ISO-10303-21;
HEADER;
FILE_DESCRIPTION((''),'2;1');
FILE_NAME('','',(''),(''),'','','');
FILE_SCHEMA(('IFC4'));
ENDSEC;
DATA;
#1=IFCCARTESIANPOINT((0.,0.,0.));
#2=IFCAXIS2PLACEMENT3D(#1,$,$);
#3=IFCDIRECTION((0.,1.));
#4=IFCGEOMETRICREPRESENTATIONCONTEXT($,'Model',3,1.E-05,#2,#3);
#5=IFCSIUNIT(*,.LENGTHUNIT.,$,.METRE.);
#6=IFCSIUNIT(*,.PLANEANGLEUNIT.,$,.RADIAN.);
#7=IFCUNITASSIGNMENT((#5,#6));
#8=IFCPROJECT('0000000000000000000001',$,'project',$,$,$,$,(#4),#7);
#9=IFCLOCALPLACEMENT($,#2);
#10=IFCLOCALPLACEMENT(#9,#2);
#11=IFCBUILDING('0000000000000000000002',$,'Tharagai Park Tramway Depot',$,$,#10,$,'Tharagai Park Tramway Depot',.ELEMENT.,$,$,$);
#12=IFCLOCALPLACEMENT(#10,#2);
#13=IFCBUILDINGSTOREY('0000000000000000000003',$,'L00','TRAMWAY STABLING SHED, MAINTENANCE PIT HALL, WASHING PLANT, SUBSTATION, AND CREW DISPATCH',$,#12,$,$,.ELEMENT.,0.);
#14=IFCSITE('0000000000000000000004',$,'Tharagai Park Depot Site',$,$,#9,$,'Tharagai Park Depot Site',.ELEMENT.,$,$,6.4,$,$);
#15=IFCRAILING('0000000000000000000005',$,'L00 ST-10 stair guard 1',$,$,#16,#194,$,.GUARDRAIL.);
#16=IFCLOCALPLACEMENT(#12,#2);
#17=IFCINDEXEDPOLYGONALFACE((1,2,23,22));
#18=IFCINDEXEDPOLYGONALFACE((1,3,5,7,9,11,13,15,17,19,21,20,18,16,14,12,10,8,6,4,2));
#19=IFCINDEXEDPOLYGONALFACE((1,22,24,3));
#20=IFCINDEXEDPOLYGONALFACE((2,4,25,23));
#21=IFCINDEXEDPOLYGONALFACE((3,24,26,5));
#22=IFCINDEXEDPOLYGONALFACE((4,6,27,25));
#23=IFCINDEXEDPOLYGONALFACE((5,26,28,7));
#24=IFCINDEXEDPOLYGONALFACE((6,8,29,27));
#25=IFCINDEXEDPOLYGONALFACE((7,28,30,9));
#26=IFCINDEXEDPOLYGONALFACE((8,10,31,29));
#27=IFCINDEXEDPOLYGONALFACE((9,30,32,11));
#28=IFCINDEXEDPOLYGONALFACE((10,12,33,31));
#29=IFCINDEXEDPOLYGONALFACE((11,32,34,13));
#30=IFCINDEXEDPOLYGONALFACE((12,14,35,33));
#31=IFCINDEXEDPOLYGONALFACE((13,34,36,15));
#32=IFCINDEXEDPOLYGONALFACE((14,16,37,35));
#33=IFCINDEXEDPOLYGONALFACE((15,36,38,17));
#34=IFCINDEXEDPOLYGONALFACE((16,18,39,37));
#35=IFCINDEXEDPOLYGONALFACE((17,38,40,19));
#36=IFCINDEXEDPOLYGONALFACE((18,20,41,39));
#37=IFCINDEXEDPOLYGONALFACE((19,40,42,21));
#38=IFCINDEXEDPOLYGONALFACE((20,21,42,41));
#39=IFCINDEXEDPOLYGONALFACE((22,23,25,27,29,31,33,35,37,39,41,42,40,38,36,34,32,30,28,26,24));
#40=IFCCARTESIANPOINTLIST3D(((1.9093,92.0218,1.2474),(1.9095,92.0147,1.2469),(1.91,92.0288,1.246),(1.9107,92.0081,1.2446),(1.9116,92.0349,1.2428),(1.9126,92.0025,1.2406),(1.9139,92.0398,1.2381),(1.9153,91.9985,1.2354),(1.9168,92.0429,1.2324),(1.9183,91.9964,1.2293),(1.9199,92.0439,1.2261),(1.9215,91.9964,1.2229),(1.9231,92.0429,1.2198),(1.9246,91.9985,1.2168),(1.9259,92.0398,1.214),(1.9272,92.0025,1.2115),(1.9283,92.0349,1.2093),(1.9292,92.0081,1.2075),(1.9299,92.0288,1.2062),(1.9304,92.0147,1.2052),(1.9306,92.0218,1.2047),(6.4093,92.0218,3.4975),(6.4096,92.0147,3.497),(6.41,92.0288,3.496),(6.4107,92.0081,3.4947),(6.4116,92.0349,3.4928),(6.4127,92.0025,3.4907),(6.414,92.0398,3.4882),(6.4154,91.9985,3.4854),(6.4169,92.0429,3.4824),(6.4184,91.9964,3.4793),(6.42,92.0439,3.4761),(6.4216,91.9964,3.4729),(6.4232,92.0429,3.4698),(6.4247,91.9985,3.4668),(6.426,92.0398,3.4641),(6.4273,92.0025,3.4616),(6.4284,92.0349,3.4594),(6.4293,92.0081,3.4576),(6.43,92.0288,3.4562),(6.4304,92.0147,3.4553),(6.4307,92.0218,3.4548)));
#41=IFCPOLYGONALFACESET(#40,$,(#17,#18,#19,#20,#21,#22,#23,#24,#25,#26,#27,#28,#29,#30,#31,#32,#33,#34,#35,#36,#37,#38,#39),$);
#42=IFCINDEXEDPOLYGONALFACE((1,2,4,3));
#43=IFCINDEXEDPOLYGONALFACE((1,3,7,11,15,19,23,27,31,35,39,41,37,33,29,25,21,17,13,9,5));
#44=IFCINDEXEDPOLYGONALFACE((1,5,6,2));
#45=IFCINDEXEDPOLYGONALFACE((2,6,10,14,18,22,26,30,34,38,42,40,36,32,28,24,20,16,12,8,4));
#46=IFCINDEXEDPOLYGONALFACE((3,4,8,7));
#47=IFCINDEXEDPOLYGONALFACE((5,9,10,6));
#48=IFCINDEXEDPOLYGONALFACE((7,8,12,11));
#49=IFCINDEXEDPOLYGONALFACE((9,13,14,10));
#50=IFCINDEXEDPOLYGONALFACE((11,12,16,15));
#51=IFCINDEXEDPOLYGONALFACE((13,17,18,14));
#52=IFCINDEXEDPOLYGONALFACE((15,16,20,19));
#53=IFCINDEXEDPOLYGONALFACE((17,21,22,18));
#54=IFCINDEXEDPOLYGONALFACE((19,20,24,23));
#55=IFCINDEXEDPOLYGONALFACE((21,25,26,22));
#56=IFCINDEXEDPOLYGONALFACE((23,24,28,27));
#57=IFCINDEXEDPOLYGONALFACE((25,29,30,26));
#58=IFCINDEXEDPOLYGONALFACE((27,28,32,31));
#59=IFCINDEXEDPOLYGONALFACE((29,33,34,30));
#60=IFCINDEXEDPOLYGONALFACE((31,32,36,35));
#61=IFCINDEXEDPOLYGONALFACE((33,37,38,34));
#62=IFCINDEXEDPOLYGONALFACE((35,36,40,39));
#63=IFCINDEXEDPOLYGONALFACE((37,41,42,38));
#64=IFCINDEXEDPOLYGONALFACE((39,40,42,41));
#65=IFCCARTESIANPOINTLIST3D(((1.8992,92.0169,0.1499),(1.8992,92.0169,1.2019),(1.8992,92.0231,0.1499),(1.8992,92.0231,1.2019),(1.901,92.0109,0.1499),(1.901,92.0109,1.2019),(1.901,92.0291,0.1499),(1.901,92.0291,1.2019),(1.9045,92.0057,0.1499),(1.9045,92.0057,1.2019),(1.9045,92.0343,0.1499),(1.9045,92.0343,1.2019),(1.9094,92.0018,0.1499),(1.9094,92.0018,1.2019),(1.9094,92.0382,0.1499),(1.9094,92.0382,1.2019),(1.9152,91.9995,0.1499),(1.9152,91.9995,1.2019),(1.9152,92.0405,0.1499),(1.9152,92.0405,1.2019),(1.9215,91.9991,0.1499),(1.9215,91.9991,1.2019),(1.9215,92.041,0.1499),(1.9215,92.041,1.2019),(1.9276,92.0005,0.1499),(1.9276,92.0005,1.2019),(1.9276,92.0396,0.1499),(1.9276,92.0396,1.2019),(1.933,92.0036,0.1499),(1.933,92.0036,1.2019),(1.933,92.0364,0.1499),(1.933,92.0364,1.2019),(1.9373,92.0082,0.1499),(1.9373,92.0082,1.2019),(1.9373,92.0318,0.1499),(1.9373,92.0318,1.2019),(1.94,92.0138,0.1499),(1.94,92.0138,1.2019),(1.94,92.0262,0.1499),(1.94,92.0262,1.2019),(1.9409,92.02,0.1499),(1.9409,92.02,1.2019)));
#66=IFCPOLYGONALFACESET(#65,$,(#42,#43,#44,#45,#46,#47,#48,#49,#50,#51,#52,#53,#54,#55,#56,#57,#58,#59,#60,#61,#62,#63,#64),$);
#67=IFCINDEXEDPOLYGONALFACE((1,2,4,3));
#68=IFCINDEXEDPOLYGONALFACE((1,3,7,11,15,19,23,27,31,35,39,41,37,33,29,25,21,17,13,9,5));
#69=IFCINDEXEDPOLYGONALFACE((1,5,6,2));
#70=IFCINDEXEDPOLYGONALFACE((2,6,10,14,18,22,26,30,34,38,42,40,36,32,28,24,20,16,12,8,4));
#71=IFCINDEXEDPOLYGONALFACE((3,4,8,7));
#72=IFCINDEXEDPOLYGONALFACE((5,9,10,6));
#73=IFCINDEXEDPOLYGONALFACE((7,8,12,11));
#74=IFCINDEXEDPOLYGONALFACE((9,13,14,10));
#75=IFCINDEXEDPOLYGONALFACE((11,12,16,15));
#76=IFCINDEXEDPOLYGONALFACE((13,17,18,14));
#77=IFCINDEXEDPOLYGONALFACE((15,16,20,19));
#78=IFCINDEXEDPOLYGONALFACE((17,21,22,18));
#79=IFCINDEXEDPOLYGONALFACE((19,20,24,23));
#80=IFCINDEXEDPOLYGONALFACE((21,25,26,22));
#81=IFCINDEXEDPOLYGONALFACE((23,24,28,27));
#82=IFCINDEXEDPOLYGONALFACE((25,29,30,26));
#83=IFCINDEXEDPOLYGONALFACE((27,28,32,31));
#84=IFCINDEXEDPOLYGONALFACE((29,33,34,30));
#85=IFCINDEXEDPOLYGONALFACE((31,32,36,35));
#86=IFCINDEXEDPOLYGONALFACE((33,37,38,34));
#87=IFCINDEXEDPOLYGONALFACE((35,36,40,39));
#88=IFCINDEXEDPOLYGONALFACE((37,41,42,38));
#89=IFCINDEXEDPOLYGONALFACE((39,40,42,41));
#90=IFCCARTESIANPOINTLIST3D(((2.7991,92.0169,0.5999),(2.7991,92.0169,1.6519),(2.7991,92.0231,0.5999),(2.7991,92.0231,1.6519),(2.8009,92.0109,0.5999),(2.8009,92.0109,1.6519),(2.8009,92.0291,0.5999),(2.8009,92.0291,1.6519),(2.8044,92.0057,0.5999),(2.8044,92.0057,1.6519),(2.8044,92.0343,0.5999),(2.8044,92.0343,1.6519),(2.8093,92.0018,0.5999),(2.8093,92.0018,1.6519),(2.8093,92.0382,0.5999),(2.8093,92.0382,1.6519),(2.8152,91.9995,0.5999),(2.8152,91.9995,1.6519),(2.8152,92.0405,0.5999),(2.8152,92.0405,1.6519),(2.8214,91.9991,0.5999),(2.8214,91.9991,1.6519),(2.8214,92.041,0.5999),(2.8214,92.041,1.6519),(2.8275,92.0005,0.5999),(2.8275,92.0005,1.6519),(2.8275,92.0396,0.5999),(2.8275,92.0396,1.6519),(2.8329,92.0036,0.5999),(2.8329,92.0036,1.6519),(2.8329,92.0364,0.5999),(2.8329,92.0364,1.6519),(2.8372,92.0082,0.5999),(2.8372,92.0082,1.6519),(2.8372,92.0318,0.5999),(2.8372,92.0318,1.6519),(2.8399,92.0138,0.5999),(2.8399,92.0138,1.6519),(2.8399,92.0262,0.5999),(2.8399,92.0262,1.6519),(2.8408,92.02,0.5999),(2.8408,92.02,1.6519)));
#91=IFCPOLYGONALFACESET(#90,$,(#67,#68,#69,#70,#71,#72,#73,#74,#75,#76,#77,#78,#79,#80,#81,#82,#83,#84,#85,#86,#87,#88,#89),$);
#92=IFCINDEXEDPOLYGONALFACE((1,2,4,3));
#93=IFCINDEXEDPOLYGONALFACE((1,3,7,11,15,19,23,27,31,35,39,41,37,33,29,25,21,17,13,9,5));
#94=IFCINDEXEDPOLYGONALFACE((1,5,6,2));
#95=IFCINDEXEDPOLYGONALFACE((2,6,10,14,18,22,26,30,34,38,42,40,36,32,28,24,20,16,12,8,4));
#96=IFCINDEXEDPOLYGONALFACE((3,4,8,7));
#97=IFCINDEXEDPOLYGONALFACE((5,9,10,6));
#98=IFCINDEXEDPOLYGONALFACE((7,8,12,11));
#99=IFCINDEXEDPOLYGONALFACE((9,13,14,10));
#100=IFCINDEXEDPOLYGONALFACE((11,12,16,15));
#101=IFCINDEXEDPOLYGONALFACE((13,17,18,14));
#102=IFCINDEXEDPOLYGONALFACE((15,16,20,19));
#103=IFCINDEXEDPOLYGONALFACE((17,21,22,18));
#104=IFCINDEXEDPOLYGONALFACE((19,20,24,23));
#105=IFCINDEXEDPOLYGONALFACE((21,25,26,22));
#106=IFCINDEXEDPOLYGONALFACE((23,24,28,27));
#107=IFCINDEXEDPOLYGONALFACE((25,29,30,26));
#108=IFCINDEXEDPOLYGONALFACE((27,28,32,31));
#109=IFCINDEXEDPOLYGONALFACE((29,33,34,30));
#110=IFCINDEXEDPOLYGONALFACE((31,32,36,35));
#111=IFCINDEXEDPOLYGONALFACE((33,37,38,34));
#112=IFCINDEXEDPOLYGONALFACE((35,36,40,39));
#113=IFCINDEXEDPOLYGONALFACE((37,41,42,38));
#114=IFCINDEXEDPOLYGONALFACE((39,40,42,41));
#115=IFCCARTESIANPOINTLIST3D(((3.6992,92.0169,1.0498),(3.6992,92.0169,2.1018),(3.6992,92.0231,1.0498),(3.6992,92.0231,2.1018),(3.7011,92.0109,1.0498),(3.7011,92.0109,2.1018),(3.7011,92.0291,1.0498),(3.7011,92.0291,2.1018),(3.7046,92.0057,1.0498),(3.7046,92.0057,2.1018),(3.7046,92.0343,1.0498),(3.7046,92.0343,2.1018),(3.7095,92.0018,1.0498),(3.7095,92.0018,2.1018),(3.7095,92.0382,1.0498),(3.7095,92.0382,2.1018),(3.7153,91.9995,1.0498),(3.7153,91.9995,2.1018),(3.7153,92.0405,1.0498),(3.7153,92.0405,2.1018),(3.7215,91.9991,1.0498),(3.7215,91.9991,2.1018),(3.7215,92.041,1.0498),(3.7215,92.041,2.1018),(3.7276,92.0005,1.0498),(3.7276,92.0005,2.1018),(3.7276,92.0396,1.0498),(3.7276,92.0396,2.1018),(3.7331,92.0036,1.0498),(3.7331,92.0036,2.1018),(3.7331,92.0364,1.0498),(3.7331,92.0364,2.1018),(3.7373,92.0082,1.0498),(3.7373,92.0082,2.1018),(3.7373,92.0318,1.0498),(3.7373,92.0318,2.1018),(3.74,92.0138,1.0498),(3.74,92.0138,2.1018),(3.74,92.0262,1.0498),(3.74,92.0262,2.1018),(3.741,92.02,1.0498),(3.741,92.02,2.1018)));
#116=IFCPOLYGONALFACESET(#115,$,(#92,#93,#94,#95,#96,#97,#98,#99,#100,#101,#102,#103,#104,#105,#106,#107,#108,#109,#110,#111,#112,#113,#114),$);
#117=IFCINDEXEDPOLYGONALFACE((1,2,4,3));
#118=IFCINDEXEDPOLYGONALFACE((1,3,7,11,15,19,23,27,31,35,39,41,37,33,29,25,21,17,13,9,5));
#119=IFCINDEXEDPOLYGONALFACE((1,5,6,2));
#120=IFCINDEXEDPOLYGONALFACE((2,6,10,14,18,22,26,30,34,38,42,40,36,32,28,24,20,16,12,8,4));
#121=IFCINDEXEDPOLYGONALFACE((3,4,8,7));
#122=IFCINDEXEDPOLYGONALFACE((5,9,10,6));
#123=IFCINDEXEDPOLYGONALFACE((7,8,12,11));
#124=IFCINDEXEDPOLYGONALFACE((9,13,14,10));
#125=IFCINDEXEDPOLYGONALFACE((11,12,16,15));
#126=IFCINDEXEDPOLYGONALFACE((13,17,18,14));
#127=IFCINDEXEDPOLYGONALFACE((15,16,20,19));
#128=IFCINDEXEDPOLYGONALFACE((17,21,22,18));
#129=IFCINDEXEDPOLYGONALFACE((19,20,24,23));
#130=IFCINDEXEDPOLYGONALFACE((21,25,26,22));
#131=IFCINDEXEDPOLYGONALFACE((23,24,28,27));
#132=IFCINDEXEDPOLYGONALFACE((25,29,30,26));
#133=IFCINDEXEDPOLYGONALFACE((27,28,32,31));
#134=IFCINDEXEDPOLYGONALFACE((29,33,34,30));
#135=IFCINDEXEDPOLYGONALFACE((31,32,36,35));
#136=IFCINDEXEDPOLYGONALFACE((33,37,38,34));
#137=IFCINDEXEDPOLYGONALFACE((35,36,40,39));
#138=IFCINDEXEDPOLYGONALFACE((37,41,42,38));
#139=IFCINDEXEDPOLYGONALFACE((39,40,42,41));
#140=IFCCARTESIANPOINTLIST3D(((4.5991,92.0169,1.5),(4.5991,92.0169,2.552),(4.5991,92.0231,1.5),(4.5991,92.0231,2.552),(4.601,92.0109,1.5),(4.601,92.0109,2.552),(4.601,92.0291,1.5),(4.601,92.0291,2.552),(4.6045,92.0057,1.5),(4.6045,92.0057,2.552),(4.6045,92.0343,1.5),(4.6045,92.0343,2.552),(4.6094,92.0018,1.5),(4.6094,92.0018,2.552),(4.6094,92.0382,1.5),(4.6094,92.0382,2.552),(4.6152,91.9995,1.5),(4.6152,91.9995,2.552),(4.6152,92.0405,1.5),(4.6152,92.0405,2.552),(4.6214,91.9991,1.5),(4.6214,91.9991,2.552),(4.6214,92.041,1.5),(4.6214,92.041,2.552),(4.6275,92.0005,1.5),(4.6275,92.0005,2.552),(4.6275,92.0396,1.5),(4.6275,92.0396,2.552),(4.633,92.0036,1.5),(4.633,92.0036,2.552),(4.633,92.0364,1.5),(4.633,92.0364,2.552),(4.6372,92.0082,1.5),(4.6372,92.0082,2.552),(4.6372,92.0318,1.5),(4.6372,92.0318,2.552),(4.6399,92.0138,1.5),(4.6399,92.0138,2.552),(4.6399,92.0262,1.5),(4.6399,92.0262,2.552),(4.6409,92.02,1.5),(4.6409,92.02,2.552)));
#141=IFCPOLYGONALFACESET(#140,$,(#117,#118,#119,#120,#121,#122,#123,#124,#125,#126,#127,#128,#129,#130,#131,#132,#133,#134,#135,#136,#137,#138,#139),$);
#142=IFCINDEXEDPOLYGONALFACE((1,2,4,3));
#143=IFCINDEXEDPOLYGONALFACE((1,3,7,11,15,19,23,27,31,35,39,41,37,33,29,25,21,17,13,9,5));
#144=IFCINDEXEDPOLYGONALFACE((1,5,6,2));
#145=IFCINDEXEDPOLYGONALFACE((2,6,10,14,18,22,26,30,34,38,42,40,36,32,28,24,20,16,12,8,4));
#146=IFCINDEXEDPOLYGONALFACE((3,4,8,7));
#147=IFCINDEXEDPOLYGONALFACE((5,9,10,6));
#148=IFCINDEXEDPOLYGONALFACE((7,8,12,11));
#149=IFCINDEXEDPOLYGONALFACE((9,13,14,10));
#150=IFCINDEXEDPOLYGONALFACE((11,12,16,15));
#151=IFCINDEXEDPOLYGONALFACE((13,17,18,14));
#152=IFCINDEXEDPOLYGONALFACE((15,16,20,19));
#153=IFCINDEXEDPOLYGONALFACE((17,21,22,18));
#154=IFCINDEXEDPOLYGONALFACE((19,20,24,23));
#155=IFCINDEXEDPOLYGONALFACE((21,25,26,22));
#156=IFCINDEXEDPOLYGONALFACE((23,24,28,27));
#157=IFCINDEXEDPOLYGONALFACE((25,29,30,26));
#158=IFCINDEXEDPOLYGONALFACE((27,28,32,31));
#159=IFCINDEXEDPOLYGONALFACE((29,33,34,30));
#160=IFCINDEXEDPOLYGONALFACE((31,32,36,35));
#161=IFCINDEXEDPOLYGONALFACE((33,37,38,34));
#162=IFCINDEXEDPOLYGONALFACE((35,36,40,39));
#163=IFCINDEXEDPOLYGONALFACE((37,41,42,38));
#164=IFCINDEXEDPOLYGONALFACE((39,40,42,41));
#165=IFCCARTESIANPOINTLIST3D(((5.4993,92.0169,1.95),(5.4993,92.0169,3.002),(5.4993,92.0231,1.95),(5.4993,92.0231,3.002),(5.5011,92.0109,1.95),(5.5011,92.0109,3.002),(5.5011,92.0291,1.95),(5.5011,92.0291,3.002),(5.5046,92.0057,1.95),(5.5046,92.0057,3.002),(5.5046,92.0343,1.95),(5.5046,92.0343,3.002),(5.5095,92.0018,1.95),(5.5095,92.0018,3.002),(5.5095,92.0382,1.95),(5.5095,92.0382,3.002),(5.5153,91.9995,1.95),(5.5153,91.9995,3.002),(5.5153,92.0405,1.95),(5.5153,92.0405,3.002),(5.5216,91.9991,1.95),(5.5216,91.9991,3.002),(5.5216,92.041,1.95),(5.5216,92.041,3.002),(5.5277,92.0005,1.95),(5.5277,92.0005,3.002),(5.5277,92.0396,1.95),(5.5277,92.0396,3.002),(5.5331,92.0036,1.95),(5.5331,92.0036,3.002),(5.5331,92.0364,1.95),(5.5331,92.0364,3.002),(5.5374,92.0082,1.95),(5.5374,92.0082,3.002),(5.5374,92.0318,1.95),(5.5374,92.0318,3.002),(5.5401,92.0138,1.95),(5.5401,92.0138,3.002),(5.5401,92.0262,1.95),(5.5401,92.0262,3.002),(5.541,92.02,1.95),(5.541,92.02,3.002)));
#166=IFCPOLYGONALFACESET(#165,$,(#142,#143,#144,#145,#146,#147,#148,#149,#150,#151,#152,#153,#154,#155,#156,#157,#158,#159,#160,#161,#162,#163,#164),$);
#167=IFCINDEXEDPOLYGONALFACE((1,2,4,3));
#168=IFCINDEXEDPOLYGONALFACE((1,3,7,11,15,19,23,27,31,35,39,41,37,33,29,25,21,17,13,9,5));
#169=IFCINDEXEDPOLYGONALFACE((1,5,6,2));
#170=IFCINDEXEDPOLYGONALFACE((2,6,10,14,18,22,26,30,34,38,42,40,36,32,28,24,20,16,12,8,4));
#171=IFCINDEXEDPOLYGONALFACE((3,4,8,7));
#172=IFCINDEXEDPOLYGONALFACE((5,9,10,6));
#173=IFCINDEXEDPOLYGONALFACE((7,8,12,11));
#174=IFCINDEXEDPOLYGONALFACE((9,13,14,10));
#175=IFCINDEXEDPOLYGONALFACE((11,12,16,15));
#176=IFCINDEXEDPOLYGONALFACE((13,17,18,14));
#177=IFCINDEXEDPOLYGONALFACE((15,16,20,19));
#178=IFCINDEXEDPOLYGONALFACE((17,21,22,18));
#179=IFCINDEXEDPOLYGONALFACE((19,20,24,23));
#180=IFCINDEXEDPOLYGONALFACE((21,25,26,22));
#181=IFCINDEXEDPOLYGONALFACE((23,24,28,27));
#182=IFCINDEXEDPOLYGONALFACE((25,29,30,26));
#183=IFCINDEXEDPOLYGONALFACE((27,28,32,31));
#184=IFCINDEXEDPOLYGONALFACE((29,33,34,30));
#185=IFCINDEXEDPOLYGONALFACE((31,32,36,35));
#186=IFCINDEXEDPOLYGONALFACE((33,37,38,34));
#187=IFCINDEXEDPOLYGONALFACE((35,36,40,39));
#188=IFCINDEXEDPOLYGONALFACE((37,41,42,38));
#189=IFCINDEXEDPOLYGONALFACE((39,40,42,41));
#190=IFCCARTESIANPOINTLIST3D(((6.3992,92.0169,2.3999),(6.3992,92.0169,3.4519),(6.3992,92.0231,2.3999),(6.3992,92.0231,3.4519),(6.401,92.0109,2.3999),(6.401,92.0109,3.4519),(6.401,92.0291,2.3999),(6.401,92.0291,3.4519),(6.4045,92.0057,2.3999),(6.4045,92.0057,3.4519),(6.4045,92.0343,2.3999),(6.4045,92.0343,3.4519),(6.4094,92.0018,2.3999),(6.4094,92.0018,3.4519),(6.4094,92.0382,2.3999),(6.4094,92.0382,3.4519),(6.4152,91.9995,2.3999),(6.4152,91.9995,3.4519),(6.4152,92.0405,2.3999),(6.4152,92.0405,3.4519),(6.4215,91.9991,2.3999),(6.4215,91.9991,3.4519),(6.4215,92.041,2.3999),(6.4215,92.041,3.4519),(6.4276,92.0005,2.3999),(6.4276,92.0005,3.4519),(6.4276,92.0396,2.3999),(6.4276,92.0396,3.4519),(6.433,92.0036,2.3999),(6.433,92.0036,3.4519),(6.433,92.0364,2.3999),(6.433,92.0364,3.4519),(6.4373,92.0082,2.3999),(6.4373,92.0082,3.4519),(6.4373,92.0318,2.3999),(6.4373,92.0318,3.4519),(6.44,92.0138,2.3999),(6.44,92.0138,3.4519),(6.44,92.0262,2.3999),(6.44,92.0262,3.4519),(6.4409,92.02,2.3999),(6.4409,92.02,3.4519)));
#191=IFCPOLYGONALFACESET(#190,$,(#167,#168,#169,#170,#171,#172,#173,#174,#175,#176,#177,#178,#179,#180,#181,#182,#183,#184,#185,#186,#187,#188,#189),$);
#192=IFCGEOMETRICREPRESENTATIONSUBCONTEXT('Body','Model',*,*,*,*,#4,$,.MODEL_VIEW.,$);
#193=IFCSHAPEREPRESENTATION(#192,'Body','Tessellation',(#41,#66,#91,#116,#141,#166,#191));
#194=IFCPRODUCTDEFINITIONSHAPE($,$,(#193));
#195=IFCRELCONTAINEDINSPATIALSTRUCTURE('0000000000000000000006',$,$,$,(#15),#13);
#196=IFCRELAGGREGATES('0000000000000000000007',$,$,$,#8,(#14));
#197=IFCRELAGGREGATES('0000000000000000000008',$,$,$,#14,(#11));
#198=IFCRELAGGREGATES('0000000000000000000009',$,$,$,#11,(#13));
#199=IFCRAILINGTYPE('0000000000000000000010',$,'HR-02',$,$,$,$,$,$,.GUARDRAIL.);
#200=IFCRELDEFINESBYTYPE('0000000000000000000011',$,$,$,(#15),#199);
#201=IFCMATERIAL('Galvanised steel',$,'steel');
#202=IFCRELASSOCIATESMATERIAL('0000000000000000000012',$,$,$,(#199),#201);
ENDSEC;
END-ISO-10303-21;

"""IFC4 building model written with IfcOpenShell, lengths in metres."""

from ifc_helpers import new_model, si_unit, direction, frame, origin, origin_2d, place, context, subcontext, project, spatial, circle, extrude, material, type_object, element, save


model = new_model("IFC4")

# Units and contexts
model_context = context("Model", 3, precision=1e-05, world=origin(), true_north=direction((0.0, 1.0)))
body_context = subcontext(model_context, "Body", "Model", "MODEL_VIEW")
ifc_project = project(units=[si_unit("LENGTHUNIT", "METRE"), si_unit("PLANEANGLEUNIT", "RADIAN")], contexts=[model_context])

# Site, building, storey
site_placement = place(None, origin())
site = spatial("IfcSite", under=ifc_project, at=site_placement, Name="Tharagai Park Depot Site", LongName="Tharagai Park Depot Site", CompositionType="ELEMENT", RefElevation=6.4)
building_placement = place(site_placement, origin())
building = spatial("IfcBuilding", under=site, at=building_placement, Name="Tharagai Park Tramway Depot", LongName="Tharagai Park Tramway Depot", CompositionType="ELEMENT")
storey_placement = place(building_placement, origin())
storey = spatial("IfcBuildingStorey", under=building, at=storey_placement, Name="L00", Description="TRAMWAY STABLING SHED, MAINTENANCE PIT HALL, WASHING PLANT, SUBSTATION, AND CREW DISPATCH", CompositionType="ELEMENT", Elevation=0.0)

# Shared definitions
ifc_material_1 = material(Name="Galvanised steel", Category="steel")

# Railing
railing_type_1 = type_object("IfcRailingType", Name="HR-02", PredefinedType="GUARDRAIL", material=ifc_material_1)
railing_1_placement = place(storey_placement, frame((1.9199, 92.02, 0.1499)))
element("IfcRailing", 1, at=railing_1_placement, inside=storey, type_object=railing_type_1, Name="L00 ST-10 stair guard 1", PredefinedType="GUARDRAIL", context=body_context, shape_type="SweptSolid", body=[
    extrude(circle(Radius=0.0239, at=origin_2d()), frame((0.0, 0.0, 1.0762), z_axis=(0.894427, 0.0, 0.447214), x_axis=(0.0, 1.0, 0.0)), (0.0, 0.0, 1.0), 5.0312),
    extrude(circle(Radius=0.021, at=origin_2d()), origin(), (0.0, 0.0, 1.0), 1.052),
    extrude(circle(Radius=0.021, at=origin_2d()), frame((0.8999, 0.0, 0.45)), (0.0, 0.0, 1.0), 1.052),
    extrude(circle(Radius=0.021, at=origin_2d()), frame((1.8, 0.0, 0.8999)), (0.0, 0.0, 1.0), 1.052),
    extrude(circle(Radius=0.021, at=origin_2d()), frame((2.7, 0.0, 1.3501)), (0.0, 0.0, 1.0), 1.052),
    extrude(circle(Radius=0.021, at=origin_2d()), frame((3.6001, 0.0, 1.8)), (0.0, 0.0, 1.0), 1.052),
    extrude(circle(Radius=0.021, at=origin_2d()), frame((4.5, 0.0, 2.25)), (0.0, 0.0, 1.0), 1.052),
])

save(model, "model.ifc")
